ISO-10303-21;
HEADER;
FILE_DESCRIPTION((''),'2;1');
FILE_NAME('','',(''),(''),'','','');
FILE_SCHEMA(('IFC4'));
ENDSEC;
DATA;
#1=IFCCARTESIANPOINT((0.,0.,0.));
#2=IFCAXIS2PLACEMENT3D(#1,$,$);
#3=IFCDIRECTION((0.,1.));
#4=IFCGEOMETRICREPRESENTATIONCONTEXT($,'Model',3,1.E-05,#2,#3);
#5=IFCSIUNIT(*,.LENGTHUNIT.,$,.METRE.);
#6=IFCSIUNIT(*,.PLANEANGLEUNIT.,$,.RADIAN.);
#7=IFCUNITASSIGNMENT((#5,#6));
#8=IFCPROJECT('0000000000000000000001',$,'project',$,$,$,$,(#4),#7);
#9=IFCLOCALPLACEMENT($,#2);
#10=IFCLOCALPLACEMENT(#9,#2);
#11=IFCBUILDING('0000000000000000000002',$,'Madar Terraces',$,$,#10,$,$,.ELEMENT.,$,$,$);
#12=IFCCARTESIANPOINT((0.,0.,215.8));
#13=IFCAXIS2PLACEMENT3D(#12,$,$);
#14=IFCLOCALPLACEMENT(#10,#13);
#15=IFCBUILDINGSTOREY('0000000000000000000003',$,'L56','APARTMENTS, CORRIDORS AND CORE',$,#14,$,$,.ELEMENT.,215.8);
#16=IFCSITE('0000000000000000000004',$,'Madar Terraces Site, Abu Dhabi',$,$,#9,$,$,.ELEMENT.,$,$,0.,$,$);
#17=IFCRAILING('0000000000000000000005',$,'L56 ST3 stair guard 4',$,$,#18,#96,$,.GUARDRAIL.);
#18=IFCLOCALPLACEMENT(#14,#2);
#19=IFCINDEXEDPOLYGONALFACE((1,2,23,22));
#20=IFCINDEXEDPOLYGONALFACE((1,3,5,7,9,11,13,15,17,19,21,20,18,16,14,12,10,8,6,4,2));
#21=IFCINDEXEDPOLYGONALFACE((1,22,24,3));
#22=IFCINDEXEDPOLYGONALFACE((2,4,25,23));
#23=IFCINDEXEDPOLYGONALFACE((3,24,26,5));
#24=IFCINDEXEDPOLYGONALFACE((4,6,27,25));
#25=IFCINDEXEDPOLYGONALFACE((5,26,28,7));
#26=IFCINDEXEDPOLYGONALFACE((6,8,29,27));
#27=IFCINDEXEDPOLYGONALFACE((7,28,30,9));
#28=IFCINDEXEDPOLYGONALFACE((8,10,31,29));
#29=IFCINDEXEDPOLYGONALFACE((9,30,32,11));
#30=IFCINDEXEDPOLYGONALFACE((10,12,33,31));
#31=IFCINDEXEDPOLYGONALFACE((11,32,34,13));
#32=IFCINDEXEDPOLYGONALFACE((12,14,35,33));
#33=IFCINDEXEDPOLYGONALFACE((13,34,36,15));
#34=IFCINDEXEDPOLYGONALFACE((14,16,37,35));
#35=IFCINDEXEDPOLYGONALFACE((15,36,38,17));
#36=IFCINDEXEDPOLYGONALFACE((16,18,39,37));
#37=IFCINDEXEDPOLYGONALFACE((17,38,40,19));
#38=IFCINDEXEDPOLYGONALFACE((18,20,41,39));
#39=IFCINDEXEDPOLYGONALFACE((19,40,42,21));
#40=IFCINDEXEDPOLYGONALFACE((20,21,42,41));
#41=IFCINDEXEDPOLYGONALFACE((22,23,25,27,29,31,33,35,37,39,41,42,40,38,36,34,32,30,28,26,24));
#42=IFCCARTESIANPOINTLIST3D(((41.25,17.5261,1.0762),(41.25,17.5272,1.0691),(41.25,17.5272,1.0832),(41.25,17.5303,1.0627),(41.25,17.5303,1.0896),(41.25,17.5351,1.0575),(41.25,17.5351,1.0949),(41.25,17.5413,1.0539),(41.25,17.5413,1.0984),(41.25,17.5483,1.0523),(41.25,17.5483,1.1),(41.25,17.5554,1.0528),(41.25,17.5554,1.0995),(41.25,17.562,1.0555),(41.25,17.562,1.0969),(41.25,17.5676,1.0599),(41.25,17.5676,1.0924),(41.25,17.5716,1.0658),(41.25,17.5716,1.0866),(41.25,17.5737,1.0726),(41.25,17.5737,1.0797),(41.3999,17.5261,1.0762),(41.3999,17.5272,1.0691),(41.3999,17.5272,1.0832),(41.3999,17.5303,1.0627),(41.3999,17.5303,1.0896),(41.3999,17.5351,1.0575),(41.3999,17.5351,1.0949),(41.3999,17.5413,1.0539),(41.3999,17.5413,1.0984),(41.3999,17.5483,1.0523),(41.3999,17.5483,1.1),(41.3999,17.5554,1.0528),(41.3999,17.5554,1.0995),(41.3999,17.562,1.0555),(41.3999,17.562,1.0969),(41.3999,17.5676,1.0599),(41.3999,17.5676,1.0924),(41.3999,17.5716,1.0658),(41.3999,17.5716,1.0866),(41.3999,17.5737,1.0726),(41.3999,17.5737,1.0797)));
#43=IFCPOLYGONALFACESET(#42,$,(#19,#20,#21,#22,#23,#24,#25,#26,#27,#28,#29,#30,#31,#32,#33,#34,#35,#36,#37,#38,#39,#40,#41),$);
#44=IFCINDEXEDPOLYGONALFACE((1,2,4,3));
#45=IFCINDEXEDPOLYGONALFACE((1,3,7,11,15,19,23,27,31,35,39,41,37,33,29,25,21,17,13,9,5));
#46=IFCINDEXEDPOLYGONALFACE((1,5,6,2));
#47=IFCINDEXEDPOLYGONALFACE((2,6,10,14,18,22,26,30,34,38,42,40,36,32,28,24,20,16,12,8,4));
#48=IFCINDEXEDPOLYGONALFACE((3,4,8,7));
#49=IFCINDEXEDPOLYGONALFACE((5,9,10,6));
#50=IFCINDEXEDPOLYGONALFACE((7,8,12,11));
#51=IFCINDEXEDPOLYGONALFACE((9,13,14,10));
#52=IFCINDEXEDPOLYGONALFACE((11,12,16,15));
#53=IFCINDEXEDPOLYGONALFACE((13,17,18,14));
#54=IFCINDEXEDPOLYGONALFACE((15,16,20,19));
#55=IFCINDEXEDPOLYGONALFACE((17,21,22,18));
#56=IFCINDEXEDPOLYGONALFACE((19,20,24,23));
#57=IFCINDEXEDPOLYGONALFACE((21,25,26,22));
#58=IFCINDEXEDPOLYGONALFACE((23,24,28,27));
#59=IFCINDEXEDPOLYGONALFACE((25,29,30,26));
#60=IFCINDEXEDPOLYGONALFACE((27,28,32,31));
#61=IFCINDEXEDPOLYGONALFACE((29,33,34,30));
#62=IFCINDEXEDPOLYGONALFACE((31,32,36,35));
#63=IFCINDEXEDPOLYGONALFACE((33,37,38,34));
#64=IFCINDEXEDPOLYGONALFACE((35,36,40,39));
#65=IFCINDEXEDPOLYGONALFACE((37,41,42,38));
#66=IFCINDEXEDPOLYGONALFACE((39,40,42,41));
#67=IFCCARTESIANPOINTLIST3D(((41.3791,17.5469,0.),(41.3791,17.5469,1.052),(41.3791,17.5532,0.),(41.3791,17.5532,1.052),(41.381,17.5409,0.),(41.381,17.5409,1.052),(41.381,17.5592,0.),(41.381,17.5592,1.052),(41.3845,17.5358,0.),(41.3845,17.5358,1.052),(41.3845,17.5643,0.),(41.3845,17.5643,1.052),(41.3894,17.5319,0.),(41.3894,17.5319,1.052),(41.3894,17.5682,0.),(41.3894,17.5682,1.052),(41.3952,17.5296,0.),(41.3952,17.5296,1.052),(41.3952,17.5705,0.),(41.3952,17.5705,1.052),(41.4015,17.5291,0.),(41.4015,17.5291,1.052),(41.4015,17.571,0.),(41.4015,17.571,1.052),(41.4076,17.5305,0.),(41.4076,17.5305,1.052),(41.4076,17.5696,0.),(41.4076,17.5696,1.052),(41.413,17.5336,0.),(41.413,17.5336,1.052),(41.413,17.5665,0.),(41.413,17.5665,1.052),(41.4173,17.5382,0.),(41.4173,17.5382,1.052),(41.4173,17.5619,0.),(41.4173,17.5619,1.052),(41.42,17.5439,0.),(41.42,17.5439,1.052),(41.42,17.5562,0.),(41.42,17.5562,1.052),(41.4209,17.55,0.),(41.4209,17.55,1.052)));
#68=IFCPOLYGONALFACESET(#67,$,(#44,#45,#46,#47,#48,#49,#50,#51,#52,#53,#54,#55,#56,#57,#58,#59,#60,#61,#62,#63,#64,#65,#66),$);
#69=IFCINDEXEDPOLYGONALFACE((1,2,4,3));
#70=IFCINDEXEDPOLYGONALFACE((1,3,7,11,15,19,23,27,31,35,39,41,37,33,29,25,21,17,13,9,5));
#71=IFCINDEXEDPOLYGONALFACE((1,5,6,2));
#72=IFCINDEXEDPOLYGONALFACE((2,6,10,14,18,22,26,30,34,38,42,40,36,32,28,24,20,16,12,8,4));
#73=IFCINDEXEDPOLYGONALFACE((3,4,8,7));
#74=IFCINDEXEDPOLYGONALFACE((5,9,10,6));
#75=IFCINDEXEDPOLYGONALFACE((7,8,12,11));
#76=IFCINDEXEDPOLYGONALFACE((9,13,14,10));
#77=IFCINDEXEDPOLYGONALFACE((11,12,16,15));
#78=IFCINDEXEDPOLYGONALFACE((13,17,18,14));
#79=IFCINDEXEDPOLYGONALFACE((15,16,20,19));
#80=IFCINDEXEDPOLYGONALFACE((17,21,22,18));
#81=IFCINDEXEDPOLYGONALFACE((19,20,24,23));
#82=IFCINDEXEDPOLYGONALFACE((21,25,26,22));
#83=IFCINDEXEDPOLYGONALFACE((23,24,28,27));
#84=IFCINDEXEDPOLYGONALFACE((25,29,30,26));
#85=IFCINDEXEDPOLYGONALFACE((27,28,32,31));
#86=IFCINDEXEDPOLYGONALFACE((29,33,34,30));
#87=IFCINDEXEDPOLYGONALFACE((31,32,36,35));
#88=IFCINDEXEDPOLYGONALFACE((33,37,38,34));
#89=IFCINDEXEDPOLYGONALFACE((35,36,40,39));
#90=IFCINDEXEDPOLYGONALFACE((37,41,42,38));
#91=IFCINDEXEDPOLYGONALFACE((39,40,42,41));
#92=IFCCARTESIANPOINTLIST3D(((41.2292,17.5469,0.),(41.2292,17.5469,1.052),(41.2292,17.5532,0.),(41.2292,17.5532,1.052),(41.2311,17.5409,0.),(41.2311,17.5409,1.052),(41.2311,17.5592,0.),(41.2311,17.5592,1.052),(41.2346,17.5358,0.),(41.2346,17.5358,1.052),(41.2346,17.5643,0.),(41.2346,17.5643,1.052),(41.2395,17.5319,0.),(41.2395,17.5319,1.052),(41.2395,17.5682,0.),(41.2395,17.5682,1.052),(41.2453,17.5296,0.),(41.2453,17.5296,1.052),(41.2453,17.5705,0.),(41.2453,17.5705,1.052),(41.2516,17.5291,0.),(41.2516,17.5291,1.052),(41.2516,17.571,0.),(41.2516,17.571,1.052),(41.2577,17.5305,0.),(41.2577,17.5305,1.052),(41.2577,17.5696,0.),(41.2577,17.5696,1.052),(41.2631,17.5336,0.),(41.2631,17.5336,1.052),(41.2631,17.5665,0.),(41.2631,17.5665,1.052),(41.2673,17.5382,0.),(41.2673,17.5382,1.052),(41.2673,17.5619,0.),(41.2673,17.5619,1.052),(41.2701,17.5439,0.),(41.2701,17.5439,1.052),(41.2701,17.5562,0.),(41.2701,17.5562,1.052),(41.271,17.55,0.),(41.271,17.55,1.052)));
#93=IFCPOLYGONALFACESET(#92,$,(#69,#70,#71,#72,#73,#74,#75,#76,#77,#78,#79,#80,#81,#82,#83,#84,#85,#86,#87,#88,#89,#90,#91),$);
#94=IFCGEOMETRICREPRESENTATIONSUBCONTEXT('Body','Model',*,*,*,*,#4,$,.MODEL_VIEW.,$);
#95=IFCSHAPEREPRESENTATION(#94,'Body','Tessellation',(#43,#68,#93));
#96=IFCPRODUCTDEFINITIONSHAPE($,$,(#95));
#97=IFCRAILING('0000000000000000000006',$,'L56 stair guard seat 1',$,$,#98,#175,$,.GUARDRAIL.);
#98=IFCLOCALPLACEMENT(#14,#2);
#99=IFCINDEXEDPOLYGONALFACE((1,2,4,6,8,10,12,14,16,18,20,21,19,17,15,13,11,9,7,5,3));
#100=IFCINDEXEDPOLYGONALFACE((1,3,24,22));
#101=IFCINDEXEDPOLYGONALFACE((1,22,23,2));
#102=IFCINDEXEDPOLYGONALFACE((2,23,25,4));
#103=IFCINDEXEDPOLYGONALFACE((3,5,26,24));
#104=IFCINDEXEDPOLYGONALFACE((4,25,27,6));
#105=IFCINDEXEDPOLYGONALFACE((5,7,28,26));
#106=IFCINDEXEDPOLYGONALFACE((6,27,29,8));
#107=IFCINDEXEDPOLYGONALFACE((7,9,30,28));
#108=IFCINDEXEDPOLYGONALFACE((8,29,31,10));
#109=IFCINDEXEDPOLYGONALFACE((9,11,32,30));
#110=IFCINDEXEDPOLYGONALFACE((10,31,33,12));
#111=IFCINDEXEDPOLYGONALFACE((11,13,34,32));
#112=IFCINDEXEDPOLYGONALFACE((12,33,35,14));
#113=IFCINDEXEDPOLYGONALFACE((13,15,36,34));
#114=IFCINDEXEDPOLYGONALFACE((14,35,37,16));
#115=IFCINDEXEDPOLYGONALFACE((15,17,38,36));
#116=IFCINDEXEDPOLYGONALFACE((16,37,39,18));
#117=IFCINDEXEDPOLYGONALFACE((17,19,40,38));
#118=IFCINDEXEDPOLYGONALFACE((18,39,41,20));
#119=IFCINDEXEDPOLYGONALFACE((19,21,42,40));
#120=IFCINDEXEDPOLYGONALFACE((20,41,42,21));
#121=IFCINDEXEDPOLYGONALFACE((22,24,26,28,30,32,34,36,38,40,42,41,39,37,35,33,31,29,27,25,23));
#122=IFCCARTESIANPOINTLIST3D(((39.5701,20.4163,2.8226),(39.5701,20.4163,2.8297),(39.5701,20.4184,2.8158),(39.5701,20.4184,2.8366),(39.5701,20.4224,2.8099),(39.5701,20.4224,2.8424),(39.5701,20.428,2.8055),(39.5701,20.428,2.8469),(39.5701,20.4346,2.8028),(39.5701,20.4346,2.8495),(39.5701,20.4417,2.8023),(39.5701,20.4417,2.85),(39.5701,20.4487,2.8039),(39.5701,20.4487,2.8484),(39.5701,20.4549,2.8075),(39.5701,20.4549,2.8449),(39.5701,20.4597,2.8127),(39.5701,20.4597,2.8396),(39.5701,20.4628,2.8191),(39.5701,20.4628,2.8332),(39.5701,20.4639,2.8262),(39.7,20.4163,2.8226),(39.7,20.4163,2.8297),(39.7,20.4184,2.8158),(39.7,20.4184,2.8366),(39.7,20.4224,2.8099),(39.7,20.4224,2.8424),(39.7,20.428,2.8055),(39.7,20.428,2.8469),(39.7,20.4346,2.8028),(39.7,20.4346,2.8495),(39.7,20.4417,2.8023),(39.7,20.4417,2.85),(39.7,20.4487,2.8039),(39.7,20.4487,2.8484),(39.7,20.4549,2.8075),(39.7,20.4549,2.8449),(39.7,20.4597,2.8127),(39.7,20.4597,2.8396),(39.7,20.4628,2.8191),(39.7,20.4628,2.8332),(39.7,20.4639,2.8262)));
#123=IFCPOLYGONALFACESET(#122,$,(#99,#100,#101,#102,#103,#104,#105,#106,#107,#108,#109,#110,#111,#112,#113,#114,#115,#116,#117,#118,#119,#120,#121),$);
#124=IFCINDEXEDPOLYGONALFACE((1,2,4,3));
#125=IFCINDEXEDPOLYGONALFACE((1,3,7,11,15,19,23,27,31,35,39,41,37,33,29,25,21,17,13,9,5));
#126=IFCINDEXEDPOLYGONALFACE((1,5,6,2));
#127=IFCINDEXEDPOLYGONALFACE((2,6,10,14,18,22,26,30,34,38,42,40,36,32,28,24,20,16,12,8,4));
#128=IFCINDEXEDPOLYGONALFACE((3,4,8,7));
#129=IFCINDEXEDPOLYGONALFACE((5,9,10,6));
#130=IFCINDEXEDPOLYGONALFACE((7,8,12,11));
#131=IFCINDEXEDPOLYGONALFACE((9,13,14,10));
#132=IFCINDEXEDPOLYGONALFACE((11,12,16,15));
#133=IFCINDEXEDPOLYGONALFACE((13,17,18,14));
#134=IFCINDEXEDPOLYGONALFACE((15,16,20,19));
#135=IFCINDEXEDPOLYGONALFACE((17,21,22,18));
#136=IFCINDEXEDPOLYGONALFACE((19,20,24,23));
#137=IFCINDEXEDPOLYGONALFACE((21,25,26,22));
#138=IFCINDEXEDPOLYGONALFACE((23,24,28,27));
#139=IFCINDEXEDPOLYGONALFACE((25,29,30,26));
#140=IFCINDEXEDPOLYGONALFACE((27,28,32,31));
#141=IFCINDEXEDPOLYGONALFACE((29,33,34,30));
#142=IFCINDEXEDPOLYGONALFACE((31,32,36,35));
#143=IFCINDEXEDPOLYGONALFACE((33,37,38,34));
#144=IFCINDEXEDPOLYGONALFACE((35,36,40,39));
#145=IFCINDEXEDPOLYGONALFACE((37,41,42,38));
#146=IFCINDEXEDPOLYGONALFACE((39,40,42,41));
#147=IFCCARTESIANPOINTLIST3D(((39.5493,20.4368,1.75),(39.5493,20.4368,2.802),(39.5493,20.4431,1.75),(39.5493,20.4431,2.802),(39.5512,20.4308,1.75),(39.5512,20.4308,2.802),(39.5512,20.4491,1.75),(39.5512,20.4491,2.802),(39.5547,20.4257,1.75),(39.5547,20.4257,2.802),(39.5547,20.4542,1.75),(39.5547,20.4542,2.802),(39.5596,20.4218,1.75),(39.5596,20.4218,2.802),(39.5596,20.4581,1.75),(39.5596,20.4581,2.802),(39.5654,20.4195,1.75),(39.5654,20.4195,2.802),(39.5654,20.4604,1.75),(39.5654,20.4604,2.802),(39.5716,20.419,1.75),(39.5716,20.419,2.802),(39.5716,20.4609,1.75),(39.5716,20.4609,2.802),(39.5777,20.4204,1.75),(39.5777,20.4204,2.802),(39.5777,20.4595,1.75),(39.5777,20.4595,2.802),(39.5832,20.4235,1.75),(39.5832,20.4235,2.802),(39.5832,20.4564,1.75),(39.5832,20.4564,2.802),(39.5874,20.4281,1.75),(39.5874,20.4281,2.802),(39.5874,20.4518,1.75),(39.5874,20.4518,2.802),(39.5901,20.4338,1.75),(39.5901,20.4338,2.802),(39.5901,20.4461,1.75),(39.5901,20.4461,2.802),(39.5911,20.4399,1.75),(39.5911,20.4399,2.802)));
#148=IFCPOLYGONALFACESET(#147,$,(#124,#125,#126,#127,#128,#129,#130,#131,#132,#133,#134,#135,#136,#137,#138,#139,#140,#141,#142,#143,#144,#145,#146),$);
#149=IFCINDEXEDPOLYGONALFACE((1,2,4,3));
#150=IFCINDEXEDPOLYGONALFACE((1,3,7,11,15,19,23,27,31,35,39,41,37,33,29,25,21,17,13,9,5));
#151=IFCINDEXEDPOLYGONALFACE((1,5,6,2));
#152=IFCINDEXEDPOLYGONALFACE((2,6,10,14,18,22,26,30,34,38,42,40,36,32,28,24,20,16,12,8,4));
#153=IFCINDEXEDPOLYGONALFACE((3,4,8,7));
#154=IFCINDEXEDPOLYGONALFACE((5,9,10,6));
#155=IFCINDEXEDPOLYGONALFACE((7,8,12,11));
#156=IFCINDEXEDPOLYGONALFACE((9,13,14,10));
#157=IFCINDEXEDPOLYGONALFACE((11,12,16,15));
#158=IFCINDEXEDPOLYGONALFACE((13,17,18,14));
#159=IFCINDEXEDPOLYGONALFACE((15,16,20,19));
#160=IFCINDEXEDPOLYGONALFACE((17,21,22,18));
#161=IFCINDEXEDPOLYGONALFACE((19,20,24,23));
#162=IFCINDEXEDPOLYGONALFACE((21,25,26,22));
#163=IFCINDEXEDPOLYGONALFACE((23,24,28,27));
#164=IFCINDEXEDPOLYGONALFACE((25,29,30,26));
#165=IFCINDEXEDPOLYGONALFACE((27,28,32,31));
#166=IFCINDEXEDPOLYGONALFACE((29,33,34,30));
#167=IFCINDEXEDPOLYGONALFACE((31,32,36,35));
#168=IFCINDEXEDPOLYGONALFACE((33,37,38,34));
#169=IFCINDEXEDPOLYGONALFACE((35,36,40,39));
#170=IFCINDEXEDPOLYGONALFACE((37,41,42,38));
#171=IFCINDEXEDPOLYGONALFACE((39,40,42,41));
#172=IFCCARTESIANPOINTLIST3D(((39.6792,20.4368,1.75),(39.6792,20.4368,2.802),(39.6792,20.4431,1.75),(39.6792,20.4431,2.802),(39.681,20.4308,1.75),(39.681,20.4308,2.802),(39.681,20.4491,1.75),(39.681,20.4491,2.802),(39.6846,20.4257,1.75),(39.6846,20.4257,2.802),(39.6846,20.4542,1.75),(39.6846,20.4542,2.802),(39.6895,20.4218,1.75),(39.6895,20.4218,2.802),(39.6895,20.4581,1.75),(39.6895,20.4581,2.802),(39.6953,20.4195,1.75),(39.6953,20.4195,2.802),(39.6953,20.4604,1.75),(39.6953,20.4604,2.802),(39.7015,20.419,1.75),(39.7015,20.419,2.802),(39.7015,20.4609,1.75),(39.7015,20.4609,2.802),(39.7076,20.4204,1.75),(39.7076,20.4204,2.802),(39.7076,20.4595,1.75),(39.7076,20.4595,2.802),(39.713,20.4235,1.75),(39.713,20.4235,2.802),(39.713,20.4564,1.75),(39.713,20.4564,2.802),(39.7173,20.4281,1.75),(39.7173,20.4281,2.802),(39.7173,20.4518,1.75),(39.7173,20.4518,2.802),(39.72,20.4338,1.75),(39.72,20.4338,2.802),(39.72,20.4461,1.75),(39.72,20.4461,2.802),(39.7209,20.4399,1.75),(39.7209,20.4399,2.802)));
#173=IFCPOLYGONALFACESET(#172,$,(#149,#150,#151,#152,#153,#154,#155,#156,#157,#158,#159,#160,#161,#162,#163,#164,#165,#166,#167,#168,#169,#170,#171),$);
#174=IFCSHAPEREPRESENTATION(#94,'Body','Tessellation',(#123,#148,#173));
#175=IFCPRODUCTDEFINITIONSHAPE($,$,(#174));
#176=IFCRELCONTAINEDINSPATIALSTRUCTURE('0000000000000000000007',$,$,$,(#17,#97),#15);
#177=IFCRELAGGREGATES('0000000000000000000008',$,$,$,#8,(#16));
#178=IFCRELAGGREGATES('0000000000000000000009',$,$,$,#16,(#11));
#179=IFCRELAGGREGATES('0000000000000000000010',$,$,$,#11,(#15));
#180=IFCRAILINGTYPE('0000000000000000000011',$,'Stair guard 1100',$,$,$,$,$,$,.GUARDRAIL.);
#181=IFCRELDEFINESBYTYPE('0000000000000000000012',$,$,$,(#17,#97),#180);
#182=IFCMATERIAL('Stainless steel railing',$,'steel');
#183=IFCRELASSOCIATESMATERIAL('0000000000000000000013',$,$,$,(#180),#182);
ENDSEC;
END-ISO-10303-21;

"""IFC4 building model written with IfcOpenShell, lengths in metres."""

from ifc_helpers import new_model, si_unit, direction, frame, origin, origin_2d, place, context, subcontext, project, spatial, circle, extrude, material, type_object, element, save


model = new_model("IFC4")

# Units and contexts
model_context = context("Model", 3, precision=1e-05, world=origin(), true_north=direction((0.0, 1.0)))
body_context = subcontext(model_context, "Body", "Model", "MODEL_VIEW")
ifc_project = project(units=[si_unit("LENGTHUNIT", "METRE"), si_unit("PLANEANGLEUNIT", "RADIAN")], contexts=[model_context])

# Site, building, storey
site_placement = place(None, origin())
site = spatial("IfcSite", under=ifc_project, at=site_placement, Name="Madar Terraces Site, Abu Dhabi", CompositionType="ELEMENT", RefElevation=0.0)
building_placement = place(site_placement, origin())
building = spatial("IfcBuilding", under=site, at=building_placement, Name="Madar Terraces", CompositionType="ELEMENT")
storey_placement = place(building_placement, frame((0.0, 0.0, 215.8)))
storey = spatial("IfcBuildingStorey", under=building, at=storey_placement, Name="L56", Description="APARTMENTS, CORRIDORS AND CORE", CompositionType="ELEMENT", Elevation=215.8)

# Railings
ifc_material_1 = material(Name="Stainless steel railing", Category="steel")
railing_type_1 = type_object("IfcRailingType", Name="Stair guard 1100", PredefinedType="GUARDRAIL", material=ifc_material_1)
railing_1_placement = place(storey_placement, frame((41.3999, 17.55, 0.0)))
element("IfcRailing", 1, at=railing_1_placement, inside=storey, type_object=railing_type_1, Name="L56 ST3 stair guard 4", PredefinedType="GUARDRAIL", context=body_context, shape_type="SweptSolid", body=[
    extrude(circle(Radius=0.0239, at=origin_2d()), frame((0.0, 0.0, 1.0762), z_axis=(-1.0, 0.0, 0.0), x_axis=(0.0, -1.0, 0.0)), (0.0, 0.0, 1.0), 0.1499),
    extrude(circle(Radius=0.021, at=origin_2d()), origin(), (0.0, 0.0, 1.0), 1.052),
    extrude(circle(Radius=0.021, at=origin_2d()), frame((-0.1499, 0.0, 0.0)), (0.0, 0.0, 1.0), 1.052),
])
railing_2_placement = place(storey_placement, frame((39.5701, 20.4399, 1.75)))
element("IfcRailing", 2, at=railing_2_placement, inside=storey, type_object=railing_type_1, Name="L56 stair guard seat 1", PredefinedType="GUARDRAIL", context=body_context, shape_type="SweptSolid", body=[
    extrude(circle(Radius=0.0239, at=origin_2d()), frame((0.0, 0.0, 1.0762), z_axis=(1.0, 0.0, 0.0), x_axis=(0.0, 1.0, 0.0)), (0.0, 0.0, 1.0), 0.1299),
    extrude(circle(Radius=0.021, at=origin_2d()), origin(), (0.0, 0.0, 1.0), 1.052),
    extrude(circle(Radius=0.021, at=origin_2d()), frame((0.1299, 0.0, 0.0)), (0.0, 0.0, 1.0), 1.052),
])

save(model, "model.ifc")
